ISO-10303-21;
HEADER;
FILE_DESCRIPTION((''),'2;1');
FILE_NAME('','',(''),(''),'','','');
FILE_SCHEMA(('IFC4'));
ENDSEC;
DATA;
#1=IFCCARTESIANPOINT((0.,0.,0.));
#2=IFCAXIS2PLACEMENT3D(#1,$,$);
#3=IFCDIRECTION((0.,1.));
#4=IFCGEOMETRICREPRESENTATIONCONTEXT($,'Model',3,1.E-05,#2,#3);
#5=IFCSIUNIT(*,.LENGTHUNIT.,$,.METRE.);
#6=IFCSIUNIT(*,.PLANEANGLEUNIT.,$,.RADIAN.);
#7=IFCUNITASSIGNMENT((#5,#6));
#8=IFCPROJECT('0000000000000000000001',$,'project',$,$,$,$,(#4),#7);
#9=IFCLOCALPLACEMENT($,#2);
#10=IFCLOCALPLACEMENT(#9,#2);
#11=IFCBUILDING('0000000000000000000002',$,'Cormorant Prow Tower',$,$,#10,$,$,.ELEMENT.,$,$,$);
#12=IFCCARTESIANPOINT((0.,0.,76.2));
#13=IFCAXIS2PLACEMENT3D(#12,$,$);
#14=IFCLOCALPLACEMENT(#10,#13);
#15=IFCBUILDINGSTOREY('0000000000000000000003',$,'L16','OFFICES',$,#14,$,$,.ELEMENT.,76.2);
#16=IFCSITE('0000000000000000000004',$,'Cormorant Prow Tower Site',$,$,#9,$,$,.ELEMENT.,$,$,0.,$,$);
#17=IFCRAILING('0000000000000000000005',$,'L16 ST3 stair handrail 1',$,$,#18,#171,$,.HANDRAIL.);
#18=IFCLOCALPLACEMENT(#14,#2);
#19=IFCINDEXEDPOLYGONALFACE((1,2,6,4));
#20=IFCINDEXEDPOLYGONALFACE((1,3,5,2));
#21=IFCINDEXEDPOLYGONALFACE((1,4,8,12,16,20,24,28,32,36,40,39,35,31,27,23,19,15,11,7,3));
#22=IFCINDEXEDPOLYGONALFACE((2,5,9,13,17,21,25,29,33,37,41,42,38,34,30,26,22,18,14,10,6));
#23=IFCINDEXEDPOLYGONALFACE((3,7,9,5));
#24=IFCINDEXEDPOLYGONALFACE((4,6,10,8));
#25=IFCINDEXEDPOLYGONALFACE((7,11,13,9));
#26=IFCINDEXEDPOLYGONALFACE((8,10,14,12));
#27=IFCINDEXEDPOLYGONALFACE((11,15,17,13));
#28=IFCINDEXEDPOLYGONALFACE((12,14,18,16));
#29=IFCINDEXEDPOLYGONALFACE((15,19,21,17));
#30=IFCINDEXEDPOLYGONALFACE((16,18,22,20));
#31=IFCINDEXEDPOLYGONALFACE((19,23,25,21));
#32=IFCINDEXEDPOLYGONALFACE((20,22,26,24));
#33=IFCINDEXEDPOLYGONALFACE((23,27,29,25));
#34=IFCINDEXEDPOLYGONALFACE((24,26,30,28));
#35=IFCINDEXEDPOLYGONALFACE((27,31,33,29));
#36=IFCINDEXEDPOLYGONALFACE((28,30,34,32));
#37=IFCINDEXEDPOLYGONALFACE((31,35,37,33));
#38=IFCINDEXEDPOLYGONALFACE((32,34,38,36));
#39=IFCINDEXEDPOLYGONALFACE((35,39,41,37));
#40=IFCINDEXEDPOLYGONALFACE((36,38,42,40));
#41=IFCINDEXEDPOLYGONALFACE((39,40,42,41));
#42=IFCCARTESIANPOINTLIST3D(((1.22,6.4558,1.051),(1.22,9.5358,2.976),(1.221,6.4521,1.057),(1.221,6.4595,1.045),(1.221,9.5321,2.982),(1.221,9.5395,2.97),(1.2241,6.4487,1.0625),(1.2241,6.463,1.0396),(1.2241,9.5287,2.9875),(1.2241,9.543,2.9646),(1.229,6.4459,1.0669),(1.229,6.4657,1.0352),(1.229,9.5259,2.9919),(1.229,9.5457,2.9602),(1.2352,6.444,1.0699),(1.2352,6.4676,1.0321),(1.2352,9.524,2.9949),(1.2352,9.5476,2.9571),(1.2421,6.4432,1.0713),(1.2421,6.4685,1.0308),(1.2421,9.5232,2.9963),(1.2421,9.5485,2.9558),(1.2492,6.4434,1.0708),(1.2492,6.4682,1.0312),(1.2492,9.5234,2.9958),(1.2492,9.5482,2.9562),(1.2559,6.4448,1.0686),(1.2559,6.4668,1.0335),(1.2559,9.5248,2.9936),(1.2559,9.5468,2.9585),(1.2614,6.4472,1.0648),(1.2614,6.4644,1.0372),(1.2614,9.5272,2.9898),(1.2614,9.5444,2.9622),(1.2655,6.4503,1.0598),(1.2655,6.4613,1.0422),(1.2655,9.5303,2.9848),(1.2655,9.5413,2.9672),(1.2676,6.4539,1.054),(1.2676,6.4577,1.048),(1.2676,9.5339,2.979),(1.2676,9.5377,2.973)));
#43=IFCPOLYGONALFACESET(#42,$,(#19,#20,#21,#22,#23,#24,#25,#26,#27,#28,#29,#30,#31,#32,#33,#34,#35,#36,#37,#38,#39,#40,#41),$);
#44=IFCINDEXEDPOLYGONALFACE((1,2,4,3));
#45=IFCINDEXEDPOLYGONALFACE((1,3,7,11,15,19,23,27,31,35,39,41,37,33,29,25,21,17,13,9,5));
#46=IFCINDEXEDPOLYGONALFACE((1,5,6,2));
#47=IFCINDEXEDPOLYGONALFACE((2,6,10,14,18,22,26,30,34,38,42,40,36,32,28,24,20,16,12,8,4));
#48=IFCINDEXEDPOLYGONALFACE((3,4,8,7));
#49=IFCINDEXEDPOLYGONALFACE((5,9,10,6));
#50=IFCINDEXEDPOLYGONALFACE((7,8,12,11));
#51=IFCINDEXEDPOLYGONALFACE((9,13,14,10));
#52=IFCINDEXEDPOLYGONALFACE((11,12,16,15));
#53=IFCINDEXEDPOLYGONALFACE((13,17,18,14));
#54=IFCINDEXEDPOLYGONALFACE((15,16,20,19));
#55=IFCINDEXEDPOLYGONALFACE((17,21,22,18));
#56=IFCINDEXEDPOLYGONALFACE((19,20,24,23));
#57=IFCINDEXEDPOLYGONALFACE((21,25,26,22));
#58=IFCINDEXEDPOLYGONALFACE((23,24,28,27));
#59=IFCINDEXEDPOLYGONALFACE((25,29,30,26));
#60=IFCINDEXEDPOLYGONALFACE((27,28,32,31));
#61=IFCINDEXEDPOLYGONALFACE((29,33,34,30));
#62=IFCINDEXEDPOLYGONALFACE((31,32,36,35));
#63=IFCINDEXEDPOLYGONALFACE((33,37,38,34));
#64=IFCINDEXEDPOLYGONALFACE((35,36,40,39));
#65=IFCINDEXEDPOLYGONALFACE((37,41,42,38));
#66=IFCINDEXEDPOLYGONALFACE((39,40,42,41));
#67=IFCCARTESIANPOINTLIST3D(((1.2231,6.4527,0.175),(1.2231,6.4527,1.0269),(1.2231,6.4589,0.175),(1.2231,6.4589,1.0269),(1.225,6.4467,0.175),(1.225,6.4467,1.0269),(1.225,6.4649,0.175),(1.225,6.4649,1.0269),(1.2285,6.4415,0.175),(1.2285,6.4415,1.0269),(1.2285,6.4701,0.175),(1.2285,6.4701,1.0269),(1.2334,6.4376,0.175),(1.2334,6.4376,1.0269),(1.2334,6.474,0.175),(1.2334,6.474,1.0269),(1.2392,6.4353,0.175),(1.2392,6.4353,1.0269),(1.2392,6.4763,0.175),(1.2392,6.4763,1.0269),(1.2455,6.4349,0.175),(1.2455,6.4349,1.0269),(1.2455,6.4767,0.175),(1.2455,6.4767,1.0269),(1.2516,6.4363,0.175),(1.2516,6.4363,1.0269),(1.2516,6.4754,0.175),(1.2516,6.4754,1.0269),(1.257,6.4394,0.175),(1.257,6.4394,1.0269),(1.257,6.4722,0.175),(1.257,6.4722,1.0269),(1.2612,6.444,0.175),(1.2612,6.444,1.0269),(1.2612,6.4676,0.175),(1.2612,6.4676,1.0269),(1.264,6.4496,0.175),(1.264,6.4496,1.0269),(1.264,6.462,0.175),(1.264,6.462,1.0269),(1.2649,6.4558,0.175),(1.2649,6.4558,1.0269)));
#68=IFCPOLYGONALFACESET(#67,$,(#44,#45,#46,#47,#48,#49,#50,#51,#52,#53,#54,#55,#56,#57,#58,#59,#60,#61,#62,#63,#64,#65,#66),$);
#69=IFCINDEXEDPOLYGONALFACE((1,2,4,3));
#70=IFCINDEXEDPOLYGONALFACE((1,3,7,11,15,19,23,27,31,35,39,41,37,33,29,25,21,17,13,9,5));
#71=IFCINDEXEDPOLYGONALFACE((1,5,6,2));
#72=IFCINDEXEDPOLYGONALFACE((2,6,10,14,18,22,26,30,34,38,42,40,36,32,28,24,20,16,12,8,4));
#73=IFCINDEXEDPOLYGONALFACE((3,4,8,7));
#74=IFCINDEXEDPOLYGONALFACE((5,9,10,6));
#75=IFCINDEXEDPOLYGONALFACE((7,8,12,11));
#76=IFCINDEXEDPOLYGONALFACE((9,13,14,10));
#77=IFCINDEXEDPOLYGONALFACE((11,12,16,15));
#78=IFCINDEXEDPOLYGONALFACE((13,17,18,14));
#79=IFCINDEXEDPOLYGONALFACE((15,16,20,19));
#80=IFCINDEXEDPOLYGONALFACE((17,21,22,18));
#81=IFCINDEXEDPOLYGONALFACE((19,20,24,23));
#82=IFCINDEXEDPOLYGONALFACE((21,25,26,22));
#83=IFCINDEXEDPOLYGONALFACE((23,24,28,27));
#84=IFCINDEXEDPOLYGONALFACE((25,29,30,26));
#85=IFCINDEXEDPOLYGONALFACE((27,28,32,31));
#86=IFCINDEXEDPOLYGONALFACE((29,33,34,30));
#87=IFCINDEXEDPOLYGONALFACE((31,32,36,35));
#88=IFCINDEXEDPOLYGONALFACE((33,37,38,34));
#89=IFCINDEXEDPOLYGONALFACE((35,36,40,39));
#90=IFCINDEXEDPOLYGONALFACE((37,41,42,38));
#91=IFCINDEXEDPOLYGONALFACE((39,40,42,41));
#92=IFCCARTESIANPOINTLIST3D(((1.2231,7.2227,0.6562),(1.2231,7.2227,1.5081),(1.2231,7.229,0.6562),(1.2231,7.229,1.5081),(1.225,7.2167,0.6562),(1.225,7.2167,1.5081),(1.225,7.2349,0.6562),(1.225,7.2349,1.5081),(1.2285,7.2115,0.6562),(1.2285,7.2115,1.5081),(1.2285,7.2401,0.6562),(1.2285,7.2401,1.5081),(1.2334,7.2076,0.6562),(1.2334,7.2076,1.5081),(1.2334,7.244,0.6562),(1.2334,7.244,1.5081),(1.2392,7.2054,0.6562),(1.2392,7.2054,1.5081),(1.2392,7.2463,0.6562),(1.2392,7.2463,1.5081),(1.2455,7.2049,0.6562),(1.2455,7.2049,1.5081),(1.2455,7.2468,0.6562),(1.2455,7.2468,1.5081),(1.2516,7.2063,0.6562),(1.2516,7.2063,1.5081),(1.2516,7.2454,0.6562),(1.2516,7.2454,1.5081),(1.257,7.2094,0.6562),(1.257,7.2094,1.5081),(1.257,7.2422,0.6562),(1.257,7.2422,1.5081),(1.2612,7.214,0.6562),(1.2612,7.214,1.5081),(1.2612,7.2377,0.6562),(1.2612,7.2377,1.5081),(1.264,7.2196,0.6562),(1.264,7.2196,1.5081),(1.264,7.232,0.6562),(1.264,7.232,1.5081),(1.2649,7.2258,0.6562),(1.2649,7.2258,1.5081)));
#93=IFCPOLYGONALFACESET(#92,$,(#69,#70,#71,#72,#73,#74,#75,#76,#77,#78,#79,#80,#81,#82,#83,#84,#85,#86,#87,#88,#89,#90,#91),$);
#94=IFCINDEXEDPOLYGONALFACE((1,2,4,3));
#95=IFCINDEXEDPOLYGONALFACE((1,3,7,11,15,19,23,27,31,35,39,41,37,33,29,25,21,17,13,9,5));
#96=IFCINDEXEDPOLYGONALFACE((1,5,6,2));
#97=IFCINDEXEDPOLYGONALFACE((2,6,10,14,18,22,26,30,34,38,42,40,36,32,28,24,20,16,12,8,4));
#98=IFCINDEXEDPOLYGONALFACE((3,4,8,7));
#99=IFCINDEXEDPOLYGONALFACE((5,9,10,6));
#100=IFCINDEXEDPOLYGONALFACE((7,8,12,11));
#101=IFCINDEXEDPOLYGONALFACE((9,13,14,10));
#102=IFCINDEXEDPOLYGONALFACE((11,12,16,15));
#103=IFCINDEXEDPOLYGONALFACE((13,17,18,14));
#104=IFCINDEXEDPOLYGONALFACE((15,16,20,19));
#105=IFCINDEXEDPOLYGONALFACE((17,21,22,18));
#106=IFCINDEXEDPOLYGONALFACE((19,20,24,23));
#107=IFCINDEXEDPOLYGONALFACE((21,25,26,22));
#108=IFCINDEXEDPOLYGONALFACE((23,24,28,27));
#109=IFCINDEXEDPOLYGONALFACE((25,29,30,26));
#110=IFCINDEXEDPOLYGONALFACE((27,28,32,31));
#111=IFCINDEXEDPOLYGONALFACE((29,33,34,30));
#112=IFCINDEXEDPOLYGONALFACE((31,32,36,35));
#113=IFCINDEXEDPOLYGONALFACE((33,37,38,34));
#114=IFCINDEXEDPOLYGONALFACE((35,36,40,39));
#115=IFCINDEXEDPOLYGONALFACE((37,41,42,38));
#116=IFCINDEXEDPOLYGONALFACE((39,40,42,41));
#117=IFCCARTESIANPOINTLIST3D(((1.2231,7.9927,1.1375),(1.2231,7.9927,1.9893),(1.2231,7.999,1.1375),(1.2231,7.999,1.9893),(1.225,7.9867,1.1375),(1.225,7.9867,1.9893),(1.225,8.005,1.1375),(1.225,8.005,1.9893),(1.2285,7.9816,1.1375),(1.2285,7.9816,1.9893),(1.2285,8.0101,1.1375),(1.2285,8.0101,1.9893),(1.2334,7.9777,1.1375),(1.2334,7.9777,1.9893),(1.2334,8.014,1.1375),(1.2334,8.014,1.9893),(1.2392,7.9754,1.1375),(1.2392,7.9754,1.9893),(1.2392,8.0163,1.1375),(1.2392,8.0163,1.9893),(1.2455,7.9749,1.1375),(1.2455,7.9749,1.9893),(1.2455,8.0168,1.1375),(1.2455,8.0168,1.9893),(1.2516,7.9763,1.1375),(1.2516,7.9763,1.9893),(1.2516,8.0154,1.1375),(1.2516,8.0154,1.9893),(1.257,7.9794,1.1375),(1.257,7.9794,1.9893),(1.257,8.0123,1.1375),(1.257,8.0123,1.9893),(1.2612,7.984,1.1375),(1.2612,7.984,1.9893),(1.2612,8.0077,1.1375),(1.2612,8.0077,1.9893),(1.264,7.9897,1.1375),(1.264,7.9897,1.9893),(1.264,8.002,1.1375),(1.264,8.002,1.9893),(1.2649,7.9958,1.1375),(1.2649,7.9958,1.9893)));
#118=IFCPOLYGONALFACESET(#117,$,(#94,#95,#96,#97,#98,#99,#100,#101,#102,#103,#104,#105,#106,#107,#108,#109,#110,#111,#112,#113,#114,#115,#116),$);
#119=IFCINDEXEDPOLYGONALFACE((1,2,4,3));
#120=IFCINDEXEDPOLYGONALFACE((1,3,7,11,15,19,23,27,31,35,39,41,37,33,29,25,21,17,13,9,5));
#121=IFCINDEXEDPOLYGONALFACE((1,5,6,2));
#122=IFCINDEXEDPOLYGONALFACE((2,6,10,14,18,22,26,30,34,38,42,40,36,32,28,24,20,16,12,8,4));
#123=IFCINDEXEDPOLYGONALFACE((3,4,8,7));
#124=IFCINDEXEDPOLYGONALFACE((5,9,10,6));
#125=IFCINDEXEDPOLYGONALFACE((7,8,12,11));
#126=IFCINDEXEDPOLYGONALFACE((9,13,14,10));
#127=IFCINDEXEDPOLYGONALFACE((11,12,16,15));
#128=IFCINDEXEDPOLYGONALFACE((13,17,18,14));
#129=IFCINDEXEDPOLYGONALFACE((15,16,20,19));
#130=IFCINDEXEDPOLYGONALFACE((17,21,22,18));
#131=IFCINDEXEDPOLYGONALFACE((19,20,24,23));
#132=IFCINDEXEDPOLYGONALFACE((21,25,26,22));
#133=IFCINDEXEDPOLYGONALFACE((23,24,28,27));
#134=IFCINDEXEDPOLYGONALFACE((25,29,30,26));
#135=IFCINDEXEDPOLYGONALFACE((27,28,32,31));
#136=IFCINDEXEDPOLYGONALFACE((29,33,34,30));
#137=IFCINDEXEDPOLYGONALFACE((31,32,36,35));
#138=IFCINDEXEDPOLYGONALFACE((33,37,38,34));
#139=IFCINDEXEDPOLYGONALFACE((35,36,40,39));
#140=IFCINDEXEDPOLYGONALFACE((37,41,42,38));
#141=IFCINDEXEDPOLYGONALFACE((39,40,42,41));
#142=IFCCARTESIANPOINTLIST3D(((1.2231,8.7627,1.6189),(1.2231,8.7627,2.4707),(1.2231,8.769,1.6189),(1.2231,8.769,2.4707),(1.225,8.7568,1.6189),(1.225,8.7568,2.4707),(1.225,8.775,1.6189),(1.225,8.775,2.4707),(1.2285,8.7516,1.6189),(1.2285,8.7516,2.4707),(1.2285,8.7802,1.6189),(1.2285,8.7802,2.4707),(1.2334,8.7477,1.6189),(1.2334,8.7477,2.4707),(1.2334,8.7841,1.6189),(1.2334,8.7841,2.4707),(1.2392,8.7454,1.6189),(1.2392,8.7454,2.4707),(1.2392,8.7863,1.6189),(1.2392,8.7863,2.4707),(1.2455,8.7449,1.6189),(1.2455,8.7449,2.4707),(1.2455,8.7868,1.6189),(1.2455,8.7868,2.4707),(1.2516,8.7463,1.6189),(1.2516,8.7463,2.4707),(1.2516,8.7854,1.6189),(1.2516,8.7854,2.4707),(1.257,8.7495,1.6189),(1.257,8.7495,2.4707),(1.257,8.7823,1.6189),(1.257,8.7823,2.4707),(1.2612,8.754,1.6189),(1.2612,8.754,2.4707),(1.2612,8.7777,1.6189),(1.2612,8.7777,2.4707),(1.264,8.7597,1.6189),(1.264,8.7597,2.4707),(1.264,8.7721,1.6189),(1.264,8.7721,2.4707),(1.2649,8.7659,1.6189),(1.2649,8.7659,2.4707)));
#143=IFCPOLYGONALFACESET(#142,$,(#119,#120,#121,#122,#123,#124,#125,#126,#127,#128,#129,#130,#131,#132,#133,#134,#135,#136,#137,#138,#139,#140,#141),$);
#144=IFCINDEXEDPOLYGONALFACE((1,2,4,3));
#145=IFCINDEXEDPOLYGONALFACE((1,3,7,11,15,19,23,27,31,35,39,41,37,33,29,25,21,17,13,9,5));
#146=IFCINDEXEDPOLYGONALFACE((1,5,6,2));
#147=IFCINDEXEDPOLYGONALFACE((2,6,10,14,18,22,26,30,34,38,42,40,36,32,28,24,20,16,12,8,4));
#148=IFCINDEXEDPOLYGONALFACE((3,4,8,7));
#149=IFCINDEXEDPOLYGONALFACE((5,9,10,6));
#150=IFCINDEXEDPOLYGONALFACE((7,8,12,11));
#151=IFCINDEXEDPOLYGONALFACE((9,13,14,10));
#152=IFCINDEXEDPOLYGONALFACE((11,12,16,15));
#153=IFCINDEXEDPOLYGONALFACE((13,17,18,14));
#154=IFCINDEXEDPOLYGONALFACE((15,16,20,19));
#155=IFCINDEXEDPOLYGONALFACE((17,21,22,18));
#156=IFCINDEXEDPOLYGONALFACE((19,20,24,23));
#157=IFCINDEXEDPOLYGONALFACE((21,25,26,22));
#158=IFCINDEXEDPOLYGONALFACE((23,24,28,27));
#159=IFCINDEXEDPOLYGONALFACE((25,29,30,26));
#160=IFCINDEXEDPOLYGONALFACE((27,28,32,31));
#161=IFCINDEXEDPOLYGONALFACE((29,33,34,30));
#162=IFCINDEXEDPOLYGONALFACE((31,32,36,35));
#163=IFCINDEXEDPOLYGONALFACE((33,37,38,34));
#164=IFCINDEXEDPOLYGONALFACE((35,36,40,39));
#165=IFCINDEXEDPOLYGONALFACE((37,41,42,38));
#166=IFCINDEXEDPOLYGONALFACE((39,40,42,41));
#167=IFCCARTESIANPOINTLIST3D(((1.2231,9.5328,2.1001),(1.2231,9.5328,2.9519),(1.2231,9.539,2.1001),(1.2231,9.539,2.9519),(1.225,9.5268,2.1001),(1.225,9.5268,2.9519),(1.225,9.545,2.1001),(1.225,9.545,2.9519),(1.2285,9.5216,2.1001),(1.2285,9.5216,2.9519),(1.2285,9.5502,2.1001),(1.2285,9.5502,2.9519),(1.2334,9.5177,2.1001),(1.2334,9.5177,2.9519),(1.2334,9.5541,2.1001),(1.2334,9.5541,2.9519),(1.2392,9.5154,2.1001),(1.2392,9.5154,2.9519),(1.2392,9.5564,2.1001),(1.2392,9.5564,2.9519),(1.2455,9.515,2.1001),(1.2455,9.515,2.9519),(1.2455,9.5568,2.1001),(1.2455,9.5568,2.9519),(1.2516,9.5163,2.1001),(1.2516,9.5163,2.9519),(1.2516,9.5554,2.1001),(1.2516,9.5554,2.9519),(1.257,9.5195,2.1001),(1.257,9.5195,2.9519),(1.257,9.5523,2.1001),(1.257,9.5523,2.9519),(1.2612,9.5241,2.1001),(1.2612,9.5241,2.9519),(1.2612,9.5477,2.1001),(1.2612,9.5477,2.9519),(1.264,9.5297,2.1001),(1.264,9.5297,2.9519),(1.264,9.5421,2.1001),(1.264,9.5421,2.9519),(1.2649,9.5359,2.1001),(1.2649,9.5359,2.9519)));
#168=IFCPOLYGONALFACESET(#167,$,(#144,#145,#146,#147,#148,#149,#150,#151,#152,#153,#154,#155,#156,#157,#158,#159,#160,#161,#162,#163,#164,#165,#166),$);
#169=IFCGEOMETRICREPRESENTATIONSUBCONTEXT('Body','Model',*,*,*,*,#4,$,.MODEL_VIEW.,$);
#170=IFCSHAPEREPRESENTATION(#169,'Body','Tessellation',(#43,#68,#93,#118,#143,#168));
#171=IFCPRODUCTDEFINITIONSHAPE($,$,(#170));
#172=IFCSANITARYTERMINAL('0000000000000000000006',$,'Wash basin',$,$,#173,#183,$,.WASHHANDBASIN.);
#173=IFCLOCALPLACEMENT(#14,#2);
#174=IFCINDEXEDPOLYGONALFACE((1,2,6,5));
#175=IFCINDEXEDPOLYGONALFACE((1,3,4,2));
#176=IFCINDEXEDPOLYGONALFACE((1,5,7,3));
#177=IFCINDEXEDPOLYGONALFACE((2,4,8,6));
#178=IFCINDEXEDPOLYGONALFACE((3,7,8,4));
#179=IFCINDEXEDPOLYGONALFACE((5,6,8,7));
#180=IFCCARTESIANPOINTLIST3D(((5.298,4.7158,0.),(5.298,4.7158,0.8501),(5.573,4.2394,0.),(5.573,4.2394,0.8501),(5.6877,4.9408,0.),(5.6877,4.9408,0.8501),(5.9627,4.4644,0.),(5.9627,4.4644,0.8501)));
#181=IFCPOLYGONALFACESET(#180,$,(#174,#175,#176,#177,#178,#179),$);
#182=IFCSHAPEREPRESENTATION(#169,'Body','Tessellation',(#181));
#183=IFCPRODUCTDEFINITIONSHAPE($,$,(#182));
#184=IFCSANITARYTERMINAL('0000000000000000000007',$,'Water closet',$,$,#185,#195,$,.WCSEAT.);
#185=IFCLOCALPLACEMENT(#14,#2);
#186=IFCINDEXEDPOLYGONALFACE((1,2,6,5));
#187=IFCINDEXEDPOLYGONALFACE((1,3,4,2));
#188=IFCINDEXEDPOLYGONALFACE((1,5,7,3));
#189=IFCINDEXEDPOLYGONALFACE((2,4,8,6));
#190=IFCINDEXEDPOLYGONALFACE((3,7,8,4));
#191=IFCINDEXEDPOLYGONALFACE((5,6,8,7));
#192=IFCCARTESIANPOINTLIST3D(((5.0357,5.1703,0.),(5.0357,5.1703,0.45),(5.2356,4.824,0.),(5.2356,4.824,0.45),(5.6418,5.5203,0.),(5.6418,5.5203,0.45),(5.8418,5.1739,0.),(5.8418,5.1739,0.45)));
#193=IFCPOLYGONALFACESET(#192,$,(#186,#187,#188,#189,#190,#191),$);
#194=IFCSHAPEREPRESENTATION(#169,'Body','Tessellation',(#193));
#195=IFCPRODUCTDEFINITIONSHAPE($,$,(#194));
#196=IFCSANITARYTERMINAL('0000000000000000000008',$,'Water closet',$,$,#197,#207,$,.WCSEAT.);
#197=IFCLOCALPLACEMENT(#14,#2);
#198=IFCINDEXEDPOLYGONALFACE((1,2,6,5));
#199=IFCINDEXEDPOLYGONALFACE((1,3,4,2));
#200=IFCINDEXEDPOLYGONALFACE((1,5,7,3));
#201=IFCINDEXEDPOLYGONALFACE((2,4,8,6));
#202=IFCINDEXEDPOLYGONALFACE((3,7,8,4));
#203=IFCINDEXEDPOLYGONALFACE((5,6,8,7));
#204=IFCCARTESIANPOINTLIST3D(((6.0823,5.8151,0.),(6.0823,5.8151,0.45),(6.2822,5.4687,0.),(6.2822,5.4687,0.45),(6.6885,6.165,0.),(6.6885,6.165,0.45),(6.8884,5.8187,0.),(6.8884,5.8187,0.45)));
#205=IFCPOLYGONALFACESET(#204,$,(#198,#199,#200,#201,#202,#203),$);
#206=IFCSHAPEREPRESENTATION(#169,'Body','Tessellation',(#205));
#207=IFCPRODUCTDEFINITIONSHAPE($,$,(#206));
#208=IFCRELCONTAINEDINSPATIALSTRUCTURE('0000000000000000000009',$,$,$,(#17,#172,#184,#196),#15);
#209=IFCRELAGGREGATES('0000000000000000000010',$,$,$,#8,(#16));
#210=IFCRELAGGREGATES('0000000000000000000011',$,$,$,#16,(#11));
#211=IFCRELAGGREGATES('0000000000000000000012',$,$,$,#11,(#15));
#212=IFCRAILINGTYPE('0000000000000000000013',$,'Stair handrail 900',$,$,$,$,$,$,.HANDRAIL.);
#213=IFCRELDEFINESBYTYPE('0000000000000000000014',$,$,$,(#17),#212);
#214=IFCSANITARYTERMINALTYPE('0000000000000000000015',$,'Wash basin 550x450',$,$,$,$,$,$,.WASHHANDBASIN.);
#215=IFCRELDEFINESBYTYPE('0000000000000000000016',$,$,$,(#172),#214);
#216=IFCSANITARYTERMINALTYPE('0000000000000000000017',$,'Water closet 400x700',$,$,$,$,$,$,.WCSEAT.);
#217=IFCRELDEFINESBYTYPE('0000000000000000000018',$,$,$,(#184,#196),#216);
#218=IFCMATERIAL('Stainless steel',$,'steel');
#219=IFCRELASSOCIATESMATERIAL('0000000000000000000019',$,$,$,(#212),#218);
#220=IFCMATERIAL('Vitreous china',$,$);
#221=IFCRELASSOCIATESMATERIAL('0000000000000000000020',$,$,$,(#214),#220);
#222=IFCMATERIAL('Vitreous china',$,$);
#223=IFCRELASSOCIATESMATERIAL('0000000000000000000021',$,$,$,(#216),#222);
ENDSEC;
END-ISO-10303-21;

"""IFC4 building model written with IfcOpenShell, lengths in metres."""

from ifc_helpers import new_model, si_unit, direction, frame, origin, origin_2d, place, context, subcontext, project, spatial, rectangle, circle, extrude, material, type_object, element, save


model = new_model("IFC4")

# Units and contexts
model_context = context("Model", 3, precision=1e-05, world=origin(), true_north=direction((0.0, 1.0)))
body_context = subcontext(model_context, "Body", "Model", "MODEL_VIEW")
ifc_project = project(units=[si_unit("LENGTHUNIT", "METRE"), si_unit("PLANEANGLEUNIT", "RADIAN")], contexts=[model_context])

# Site, building, storey
site_placement = place(None, origin())
site = spatial("IfcSite", under=ifc_project, at=site_placement, Name="Cormorant Prow Tower Site", CompositionType="ELEMENT", RefElevation=0.0)
building_placement = place(site_placement, origin())
building = spatial("IfcBuilding", under=site, at=building_placement, Name="Cormorant Prow Tower", CompositionType="ELEMENT")
storey_placement = place(building_placement, frame((0.0, 0.0, 76.2)))
storey = spatial("IfcBuildingStorey", under=building, at=storey_placement, Name="L16", Description="OFFICES", CompositionType="ELEMENT", Elevation=76.2)

# Railing
ifc_material_1 = material(Name="Stainless steel", Category="steel")
railing_type_1 = type_object("IfcRailingType", Name="Stair handrail 900", PredefinedType="HANDRAIL", material=ifc_material_1)
railing_1_placement = place(storey_placement, frame((1.2439, 6.4558, 0.175)))
element("IfcRailing", 1, at=railing_1_placement, inside=storey, type_object=railing_type_1, Name="L16 ST3 stair handrail 1", PredefinedType="HANDRAIL", context=body_context, shape_type="SweptSolid", body=[
    extrude(circle(Radius=0.0239, at=origin_2d()), frame((0.0, 0.0, 0.876), z_axis=(0.0, 0.847998, 0.529999), x_axis=(-1.0, 0.0, 0.0)), (0.0, 0.0, 1.0), 3.6321),
    extrude(circle(Radius=0.021, at=origin_2d()), origin(), (0.0, 0.0, 1.0), 0.8518),
    extrude(circle(Radius=0.021, at=origin_2d()), frame((0.0, 0.77, 0.4812)), (0.0, 0.0, 1.0), 0.8518),
    extrude(circle(Radius=0.021, at=origin_2d()), frame((0.0, 1.54, 0.9624)), (0.0, 0.0, 1.0), 0.8518),
    extrude(circle(Radius=0.021, at=origin_2d()), frame((0.0, 2.3101, 1.4438)), (0.0, 0.0, 1.0), 0.8518),
    extrude(circle(Radius=0.021, at=origin_2d()), frame((0.0, 3.0801, 1.925)), (0.0, 0.0, 1.0), 0.8518),
])

# Sanitary terminals
ifc_material_2 = material(Name="Vitreous china")
sanitary_terminal_type_1 = type_object("IfcSanitaryTerminalType", Name="Wash basin 550x450", PredefinedType="WASHHANDBASIN", material=ifc_material_2)
sanitary_terminal_placement = place(storey_placement, frame((5.6304, 4.5901, 0.0), z_axis=(0.0, 0.0, 1.0), x_axis=(0.5, -0.866025, 0.0)))
element("IfcSanitaryTerminal", 2, at=sanitary_terminal_placement, inside=storey, type_object=sanitary_terminal_type_1, Name="Wash basin", PredefinedType="WASHHANDBASIN", context=body_context, shape_type="SweptSolid", body=[
    extrude(rectangle(XDim=0.55, YDim=0.45, at=origin_2d()), origin(), (0.0, 0.0, 1.0), 0.8501),
])
ifc_material_3 = material(Name="Vitreous china")
sanitary_terminal_type_2 = type_object("IfcSanitaryTerminalType", Name="Water closet 400x700", PredefinedType="WCSEAT", material=ifc_material_3)
for number, where, z_axis, x_axis, name in (
    (3, (5.4387, 5.1721, 0.0), (0.0, 0.0, 1.0), (0.5, -0.866025, 0.0), "Water closet"),
    (4, (6.4854, 5.8169, 0.0), (0.0, 0.0, 1.0), (-0.5, 0.866025, 0.0), "Water closet"),
):
    element("IfcSanitaryTerminal", number, at=place(storey_placement, frame(where, z_axis=z_axis, x_axis=x_axis)), inside=storey, type_object=sanitary_terminal_type_2, Name=name, PredefinedType="WCSEAT", context=body_context, shape_type="SweptSolid", body=[
        extrude(rectangle(XDim=0.3999, YDim=0.7, at=origin_2d()), origin(), (0.0, 0.0, 1.0), 0.45),
    ])

save(model, "model.ifc")
